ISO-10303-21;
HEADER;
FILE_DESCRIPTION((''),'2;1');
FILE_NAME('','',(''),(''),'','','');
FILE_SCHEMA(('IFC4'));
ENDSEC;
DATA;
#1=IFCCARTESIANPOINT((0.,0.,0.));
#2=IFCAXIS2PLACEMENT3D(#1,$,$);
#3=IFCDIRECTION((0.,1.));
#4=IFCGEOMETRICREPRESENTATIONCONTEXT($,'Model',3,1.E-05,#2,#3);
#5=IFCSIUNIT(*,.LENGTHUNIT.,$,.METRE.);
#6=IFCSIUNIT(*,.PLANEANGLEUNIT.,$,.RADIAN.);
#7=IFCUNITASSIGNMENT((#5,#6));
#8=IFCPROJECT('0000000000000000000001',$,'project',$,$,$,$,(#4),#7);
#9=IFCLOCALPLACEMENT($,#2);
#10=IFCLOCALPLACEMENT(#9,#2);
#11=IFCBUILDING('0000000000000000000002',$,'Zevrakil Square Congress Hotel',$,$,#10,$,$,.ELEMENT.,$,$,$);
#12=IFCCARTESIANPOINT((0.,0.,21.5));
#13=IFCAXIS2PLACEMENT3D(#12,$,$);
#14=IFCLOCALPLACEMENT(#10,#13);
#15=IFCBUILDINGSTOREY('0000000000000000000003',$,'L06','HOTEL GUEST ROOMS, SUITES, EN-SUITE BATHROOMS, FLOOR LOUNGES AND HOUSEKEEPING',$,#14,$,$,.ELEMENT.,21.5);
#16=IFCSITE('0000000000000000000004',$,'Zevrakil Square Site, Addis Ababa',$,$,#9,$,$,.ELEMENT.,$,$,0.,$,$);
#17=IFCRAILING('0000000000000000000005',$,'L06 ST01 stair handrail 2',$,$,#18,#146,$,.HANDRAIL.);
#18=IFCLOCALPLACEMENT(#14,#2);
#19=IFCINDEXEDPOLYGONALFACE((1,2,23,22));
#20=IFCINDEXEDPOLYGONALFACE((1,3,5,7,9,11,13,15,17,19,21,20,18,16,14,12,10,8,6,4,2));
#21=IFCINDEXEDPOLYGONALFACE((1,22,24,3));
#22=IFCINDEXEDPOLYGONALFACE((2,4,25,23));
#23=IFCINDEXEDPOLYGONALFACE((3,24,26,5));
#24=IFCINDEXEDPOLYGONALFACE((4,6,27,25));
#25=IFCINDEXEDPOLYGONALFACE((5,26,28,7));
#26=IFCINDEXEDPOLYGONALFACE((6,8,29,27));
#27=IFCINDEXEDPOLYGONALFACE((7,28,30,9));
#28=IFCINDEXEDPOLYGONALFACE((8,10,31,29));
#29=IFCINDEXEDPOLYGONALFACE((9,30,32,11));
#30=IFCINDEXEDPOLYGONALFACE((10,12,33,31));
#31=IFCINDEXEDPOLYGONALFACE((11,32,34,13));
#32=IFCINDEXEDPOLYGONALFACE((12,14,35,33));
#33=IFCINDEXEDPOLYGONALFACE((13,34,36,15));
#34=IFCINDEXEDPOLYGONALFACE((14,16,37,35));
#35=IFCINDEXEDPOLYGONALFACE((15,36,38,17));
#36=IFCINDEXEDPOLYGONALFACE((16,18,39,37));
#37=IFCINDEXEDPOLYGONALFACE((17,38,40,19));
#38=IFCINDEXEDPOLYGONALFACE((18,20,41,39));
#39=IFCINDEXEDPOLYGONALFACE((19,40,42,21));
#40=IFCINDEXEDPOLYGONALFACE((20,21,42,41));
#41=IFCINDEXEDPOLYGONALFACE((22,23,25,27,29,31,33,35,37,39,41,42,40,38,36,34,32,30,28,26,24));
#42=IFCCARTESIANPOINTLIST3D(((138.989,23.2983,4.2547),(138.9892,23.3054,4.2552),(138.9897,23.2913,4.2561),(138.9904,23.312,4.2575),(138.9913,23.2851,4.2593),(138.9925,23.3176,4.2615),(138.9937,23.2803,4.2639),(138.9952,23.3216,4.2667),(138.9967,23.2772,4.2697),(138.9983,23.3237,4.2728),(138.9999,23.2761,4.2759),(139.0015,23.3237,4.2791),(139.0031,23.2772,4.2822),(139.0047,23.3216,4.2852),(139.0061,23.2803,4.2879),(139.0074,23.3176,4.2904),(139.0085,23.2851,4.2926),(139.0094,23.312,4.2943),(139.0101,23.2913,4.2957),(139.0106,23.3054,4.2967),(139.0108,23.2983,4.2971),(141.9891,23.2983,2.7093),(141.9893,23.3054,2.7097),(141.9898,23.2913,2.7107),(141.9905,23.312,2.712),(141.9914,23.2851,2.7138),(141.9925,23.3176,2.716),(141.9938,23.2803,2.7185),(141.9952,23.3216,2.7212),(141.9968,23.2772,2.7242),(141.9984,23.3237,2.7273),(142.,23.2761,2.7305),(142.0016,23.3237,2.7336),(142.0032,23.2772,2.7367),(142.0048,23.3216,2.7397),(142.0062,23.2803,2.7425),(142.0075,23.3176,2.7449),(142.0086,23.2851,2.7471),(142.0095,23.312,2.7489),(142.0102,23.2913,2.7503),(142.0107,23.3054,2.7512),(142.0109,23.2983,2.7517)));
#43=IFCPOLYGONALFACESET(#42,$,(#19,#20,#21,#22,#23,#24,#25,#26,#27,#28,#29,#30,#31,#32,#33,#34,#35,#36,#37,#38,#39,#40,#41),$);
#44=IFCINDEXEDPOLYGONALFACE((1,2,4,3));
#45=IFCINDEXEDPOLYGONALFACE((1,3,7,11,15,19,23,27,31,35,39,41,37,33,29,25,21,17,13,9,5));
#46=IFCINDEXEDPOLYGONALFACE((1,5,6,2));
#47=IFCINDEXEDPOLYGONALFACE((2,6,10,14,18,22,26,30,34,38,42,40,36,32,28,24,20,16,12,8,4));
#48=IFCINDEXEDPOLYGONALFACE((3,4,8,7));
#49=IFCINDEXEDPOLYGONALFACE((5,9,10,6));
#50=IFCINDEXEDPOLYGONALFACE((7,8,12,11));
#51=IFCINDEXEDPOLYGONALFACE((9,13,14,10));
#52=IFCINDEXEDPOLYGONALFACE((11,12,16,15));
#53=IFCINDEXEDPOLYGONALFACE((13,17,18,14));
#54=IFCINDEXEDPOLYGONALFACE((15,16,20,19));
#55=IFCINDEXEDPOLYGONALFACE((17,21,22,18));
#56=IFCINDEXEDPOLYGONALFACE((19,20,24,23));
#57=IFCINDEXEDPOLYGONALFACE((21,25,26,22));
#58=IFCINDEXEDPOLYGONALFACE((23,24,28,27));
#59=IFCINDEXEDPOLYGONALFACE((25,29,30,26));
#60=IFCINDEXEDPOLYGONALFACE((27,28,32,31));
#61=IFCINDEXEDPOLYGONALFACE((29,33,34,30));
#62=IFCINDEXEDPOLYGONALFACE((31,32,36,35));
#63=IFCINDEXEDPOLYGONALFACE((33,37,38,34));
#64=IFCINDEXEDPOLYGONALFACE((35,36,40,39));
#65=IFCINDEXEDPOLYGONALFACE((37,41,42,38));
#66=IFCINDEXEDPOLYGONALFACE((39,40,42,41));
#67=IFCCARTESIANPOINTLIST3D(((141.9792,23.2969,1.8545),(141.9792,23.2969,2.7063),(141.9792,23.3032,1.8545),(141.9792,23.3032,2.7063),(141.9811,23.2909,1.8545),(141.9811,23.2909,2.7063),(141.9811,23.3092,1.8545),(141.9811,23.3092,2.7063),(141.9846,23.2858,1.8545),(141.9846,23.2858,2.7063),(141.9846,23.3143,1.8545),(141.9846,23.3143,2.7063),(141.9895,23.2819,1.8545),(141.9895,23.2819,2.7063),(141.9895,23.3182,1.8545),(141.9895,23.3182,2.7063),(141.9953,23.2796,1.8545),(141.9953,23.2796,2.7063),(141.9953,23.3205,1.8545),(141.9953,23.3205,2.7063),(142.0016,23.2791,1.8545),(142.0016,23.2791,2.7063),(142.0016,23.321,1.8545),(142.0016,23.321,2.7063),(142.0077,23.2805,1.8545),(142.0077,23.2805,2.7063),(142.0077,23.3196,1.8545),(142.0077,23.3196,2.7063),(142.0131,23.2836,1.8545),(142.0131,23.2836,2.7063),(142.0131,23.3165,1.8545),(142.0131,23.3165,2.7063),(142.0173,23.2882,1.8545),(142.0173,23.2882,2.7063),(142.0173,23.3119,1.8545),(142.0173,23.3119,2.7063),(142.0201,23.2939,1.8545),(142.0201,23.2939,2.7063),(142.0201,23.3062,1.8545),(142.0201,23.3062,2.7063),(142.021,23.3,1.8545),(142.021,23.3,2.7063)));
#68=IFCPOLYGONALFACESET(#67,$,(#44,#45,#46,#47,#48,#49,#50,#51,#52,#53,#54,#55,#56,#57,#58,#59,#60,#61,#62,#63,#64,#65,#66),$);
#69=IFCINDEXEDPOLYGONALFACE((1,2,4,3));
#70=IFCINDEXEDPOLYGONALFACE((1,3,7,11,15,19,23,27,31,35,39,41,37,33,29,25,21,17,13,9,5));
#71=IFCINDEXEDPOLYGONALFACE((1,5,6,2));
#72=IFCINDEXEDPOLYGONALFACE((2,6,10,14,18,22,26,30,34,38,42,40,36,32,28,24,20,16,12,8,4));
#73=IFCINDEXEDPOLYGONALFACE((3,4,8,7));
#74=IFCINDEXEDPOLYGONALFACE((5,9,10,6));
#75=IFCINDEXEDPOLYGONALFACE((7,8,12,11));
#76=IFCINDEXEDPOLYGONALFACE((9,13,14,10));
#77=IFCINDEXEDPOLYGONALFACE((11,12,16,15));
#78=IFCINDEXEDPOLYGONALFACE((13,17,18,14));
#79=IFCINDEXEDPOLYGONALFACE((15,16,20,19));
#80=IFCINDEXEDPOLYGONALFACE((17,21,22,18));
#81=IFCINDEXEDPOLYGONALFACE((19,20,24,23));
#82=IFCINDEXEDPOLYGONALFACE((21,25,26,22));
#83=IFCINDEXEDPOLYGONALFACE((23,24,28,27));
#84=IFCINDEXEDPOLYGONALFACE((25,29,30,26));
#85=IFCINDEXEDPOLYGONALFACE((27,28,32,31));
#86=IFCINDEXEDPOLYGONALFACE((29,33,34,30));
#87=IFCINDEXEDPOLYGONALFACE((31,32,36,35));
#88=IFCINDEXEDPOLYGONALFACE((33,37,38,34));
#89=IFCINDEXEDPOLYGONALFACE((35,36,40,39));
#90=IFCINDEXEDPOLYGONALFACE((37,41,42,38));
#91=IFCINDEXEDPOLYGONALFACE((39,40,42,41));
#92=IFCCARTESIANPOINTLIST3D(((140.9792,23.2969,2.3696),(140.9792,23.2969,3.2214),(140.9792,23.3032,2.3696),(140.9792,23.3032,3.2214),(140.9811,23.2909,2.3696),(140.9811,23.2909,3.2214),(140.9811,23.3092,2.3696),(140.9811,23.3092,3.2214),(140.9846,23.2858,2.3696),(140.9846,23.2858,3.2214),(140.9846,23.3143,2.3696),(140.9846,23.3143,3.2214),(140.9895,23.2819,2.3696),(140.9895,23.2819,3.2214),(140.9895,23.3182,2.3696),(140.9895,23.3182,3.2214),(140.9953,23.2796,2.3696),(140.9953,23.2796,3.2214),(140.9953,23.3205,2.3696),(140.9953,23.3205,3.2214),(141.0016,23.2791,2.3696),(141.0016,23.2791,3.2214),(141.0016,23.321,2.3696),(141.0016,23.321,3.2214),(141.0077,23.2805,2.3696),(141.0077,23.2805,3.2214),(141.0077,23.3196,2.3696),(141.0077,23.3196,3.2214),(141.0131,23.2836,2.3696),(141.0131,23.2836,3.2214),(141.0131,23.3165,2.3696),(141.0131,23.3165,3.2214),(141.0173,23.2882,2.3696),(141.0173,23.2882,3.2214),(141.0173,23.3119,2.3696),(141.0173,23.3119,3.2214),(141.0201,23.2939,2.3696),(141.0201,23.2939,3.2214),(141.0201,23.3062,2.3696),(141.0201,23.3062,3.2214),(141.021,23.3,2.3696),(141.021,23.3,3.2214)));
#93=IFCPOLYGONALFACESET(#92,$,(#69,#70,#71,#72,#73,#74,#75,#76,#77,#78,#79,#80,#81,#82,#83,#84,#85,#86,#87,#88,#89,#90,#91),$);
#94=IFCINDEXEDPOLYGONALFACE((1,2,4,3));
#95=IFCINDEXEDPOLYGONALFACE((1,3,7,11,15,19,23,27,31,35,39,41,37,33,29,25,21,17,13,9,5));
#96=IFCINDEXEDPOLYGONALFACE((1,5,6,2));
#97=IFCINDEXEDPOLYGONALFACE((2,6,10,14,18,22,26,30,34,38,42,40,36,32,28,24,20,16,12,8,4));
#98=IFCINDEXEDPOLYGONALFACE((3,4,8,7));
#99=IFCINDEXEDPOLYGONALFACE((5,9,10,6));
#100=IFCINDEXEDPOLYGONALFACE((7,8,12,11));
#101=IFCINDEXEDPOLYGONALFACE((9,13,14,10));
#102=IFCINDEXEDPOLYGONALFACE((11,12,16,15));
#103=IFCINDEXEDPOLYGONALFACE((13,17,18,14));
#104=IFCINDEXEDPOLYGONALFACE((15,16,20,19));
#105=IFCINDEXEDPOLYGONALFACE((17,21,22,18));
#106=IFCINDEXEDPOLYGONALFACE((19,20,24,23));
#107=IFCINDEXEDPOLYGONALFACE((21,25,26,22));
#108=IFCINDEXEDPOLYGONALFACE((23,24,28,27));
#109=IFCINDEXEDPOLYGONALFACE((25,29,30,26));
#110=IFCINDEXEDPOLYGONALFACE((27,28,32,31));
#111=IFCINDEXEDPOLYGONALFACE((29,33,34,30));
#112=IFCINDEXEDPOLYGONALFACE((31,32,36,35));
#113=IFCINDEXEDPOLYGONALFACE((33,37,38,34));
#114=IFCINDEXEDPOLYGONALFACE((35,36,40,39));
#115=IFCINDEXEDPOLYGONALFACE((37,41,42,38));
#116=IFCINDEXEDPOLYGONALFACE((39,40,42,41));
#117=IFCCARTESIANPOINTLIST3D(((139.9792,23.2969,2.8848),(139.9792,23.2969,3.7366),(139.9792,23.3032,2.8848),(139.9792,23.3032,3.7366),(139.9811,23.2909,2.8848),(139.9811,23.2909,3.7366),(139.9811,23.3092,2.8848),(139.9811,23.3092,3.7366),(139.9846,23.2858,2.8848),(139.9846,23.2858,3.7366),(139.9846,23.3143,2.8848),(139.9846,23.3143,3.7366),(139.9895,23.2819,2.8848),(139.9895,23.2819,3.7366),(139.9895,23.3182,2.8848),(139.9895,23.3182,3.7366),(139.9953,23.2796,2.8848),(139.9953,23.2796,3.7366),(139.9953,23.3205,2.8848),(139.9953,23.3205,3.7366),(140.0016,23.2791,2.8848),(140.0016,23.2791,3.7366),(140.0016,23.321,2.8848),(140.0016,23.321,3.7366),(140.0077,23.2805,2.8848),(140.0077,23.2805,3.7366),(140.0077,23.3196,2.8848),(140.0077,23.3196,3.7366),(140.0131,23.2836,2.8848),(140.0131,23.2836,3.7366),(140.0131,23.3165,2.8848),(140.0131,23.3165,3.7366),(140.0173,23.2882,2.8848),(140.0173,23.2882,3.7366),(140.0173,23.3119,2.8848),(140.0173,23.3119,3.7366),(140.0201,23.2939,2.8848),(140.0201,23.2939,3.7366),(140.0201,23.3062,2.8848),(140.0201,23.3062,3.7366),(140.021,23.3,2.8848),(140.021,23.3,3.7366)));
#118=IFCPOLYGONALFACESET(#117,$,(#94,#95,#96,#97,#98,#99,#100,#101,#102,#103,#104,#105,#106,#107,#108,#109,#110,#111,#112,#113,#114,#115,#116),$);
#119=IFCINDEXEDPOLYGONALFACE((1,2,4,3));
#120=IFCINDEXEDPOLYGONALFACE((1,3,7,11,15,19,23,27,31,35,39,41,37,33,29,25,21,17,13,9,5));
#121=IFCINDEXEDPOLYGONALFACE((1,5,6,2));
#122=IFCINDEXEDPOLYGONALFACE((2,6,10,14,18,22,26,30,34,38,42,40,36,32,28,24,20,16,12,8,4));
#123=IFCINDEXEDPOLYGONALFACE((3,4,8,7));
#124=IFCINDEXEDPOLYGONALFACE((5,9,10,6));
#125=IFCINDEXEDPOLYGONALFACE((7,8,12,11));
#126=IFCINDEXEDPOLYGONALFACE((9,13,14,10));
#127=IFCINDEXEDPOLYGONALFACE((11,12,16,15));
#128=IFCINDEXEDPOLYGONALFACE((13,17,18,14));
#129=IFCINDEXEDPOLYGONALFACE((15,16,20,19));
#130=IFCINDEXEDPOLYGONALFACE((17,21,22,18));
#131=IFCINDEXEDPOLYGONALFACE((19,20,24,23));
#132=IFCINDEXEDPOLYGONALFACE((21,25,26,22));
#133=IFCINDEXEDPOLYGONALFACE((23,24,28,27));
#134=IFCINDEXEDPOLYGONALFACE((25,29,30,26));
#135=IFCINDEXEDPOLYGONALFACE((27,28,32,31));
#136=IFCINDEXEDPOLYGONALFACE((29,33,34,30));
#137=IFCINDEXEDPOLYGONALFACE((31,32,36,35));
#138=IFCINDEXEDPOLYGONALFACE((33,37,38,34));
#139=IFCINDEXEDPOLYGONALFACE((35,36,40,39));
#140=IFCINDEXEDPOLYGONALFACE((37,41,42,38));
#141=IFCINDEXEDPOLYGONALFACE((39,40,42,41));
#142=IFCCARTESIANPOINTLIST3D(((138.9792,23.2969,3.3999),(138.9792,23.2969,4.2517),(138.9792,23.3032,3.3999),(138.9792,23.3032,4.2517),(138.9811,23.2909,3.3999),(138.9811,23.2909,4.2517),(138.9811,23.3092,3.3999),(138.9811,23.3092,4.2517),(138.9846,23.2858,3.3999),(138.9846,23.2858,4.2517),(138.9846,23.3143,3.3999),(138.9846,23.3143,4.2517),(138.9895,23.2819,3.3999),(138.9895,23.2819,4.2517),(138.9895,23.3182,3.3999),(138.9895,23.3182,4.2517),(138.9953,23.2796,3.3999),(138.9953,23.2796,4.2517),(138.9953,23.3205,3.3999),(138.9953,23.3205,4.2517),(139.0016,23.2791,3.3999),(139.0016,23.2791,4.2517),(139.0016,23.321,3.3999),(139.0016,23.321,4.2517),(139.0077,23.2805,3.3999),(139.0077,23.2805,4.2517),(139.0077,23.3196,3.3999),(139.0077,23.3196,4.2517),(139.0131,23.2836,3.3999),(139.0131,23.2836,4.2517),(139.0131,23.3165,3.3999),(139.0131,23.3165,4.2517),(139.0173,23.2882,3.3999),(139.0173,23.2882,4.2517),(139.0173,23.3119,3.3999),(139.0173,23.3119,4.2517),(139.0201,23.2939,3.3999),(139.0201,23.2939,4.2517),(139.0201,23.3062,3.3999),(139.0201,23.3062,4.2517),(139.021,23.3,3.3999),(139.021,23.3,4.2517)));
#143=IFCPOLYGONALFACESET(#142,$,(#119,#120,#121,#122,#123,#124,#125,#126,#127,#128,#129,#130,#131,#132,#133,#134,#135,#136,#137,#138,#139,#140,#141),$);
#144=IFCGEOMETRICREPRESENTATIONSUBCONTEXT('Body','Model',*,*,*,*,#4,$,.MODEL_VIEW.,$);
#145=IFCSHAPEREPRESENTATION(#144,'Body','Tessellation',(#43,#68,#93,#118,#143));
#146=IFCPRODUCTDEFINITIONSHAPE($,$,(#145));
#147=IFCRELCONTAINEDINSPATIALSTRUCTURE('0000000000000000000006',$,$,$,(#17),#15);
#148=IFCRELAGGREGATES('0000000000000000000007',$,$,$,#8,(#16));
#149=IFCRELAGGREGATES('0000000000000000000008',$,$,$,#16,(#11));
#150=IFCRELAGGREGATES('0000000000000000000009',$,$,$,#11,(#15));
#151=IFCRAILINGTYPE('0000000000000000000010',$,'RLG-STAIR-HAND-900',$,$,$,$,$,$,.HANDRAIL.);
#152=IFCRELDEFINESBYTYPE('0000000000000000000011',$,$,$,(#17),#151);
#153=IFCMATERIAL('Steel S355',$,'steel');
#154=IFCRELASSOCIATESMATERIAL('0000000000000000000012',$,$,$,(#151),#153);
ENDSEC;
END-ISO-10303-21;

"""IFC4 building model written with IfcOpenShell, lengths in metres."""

from ifc_helpers import new_model, si_unit, direction, frame, origin, origin_2d, place, context, subcontext, project, spatial, circle, extrude, material, type_object, element, save


model = new_model("IFC4")

# Units and contexts
model_context = context("Model", 3, precision=1e-05, world=origin(), true_north=direction((0.0, 1.0)))
body_context = subcontext(model_context, "Body", "Model", "MODEL_VIEW")
ifc_project = project(units=[si_unit("LENGTHUNIT", "METRE"), si_unit("PLANEANGLEUNIT", "RADIAN")], contexts=[model_context])

# Site, building, storey
site_placement = place(None, origin())
site = spatial("IfcSite", under=ifc_project, at=site_placement, Name="Zevrakil Square Site, Addis Ababa", CompositionType="ELEMENT", RefElevation=0.0)
building_placement = place(site_placement, origin())
building = spatial("IfcBuilding", under=site, at=building_placement, Name="Zevrakil Square Congress Hotel", CompositionType="ELEMENT")
storey_placement = place(building_placement, frame((0.0, 0.0, 21.5)))
storey = spatial("IfcBuildingStorey", under=building, at=storey_placement, Name="L06", Description="HOTEL GUEST ROOMS, SUITES, EN-SUITE BATHROOMS, FLOOR LOUNGES AND HOUSEKEEPING", CompositionType="ELEMENT", Elevation=21.5)

# Railing
ifc_material_1 = material(Name="Steel S355", Category="steel")
railing_type_1 = type_object("IfcRailingType", Name="RLG-STAIR-HAND-900", PredefinedType="HANDRAIL", material=ifc_material_1)
railing_1_placement = place(storey_placement, frame((142.0, 23.3, 1.8545)))
element("IfcRailing", 1, at=railing_1_placement, inside=storey, type_object=railing_type_1, Name="L06 ST01 stair handrail 2", PredefinedType="HANDRAIL", context=body_context, shape_type="SweptSolid", body=[
    extrude(circle(Radius=0.0239, at=origin_2d()), frame((0.0, 0.0, 0.876), z_axis=(-0.88898, 0.0, 0.457946), x_axis=(0.0, -1.0, 0.0)), (0.0, 0.0, 1.0), 3.3748),
    extrude(circle(Radius=0.021, at=origin_2d()), origin(), (0.0, 0.0, 1.0), 0.8518),
    extrude(circle(Radius=0.021, at=origin_2d()), frame((-1.0, 0.0, 0.5151)), (0.0, 0.0, 1.0), 0.8518),
    extrude(circle(Radius=0.021, at=origin_2d()), frame((-2.0, 0.0, 1.0303)), (0.0, 0.0, 1.0), 0.8518),
    extrude(circle(Radius=0.021, at=origin_2d()), frame((-3.0, 0.0, 1.5454)), (0.0, 0.0, 1.0), 0.8518),
])

save(model, "model.ifc")
